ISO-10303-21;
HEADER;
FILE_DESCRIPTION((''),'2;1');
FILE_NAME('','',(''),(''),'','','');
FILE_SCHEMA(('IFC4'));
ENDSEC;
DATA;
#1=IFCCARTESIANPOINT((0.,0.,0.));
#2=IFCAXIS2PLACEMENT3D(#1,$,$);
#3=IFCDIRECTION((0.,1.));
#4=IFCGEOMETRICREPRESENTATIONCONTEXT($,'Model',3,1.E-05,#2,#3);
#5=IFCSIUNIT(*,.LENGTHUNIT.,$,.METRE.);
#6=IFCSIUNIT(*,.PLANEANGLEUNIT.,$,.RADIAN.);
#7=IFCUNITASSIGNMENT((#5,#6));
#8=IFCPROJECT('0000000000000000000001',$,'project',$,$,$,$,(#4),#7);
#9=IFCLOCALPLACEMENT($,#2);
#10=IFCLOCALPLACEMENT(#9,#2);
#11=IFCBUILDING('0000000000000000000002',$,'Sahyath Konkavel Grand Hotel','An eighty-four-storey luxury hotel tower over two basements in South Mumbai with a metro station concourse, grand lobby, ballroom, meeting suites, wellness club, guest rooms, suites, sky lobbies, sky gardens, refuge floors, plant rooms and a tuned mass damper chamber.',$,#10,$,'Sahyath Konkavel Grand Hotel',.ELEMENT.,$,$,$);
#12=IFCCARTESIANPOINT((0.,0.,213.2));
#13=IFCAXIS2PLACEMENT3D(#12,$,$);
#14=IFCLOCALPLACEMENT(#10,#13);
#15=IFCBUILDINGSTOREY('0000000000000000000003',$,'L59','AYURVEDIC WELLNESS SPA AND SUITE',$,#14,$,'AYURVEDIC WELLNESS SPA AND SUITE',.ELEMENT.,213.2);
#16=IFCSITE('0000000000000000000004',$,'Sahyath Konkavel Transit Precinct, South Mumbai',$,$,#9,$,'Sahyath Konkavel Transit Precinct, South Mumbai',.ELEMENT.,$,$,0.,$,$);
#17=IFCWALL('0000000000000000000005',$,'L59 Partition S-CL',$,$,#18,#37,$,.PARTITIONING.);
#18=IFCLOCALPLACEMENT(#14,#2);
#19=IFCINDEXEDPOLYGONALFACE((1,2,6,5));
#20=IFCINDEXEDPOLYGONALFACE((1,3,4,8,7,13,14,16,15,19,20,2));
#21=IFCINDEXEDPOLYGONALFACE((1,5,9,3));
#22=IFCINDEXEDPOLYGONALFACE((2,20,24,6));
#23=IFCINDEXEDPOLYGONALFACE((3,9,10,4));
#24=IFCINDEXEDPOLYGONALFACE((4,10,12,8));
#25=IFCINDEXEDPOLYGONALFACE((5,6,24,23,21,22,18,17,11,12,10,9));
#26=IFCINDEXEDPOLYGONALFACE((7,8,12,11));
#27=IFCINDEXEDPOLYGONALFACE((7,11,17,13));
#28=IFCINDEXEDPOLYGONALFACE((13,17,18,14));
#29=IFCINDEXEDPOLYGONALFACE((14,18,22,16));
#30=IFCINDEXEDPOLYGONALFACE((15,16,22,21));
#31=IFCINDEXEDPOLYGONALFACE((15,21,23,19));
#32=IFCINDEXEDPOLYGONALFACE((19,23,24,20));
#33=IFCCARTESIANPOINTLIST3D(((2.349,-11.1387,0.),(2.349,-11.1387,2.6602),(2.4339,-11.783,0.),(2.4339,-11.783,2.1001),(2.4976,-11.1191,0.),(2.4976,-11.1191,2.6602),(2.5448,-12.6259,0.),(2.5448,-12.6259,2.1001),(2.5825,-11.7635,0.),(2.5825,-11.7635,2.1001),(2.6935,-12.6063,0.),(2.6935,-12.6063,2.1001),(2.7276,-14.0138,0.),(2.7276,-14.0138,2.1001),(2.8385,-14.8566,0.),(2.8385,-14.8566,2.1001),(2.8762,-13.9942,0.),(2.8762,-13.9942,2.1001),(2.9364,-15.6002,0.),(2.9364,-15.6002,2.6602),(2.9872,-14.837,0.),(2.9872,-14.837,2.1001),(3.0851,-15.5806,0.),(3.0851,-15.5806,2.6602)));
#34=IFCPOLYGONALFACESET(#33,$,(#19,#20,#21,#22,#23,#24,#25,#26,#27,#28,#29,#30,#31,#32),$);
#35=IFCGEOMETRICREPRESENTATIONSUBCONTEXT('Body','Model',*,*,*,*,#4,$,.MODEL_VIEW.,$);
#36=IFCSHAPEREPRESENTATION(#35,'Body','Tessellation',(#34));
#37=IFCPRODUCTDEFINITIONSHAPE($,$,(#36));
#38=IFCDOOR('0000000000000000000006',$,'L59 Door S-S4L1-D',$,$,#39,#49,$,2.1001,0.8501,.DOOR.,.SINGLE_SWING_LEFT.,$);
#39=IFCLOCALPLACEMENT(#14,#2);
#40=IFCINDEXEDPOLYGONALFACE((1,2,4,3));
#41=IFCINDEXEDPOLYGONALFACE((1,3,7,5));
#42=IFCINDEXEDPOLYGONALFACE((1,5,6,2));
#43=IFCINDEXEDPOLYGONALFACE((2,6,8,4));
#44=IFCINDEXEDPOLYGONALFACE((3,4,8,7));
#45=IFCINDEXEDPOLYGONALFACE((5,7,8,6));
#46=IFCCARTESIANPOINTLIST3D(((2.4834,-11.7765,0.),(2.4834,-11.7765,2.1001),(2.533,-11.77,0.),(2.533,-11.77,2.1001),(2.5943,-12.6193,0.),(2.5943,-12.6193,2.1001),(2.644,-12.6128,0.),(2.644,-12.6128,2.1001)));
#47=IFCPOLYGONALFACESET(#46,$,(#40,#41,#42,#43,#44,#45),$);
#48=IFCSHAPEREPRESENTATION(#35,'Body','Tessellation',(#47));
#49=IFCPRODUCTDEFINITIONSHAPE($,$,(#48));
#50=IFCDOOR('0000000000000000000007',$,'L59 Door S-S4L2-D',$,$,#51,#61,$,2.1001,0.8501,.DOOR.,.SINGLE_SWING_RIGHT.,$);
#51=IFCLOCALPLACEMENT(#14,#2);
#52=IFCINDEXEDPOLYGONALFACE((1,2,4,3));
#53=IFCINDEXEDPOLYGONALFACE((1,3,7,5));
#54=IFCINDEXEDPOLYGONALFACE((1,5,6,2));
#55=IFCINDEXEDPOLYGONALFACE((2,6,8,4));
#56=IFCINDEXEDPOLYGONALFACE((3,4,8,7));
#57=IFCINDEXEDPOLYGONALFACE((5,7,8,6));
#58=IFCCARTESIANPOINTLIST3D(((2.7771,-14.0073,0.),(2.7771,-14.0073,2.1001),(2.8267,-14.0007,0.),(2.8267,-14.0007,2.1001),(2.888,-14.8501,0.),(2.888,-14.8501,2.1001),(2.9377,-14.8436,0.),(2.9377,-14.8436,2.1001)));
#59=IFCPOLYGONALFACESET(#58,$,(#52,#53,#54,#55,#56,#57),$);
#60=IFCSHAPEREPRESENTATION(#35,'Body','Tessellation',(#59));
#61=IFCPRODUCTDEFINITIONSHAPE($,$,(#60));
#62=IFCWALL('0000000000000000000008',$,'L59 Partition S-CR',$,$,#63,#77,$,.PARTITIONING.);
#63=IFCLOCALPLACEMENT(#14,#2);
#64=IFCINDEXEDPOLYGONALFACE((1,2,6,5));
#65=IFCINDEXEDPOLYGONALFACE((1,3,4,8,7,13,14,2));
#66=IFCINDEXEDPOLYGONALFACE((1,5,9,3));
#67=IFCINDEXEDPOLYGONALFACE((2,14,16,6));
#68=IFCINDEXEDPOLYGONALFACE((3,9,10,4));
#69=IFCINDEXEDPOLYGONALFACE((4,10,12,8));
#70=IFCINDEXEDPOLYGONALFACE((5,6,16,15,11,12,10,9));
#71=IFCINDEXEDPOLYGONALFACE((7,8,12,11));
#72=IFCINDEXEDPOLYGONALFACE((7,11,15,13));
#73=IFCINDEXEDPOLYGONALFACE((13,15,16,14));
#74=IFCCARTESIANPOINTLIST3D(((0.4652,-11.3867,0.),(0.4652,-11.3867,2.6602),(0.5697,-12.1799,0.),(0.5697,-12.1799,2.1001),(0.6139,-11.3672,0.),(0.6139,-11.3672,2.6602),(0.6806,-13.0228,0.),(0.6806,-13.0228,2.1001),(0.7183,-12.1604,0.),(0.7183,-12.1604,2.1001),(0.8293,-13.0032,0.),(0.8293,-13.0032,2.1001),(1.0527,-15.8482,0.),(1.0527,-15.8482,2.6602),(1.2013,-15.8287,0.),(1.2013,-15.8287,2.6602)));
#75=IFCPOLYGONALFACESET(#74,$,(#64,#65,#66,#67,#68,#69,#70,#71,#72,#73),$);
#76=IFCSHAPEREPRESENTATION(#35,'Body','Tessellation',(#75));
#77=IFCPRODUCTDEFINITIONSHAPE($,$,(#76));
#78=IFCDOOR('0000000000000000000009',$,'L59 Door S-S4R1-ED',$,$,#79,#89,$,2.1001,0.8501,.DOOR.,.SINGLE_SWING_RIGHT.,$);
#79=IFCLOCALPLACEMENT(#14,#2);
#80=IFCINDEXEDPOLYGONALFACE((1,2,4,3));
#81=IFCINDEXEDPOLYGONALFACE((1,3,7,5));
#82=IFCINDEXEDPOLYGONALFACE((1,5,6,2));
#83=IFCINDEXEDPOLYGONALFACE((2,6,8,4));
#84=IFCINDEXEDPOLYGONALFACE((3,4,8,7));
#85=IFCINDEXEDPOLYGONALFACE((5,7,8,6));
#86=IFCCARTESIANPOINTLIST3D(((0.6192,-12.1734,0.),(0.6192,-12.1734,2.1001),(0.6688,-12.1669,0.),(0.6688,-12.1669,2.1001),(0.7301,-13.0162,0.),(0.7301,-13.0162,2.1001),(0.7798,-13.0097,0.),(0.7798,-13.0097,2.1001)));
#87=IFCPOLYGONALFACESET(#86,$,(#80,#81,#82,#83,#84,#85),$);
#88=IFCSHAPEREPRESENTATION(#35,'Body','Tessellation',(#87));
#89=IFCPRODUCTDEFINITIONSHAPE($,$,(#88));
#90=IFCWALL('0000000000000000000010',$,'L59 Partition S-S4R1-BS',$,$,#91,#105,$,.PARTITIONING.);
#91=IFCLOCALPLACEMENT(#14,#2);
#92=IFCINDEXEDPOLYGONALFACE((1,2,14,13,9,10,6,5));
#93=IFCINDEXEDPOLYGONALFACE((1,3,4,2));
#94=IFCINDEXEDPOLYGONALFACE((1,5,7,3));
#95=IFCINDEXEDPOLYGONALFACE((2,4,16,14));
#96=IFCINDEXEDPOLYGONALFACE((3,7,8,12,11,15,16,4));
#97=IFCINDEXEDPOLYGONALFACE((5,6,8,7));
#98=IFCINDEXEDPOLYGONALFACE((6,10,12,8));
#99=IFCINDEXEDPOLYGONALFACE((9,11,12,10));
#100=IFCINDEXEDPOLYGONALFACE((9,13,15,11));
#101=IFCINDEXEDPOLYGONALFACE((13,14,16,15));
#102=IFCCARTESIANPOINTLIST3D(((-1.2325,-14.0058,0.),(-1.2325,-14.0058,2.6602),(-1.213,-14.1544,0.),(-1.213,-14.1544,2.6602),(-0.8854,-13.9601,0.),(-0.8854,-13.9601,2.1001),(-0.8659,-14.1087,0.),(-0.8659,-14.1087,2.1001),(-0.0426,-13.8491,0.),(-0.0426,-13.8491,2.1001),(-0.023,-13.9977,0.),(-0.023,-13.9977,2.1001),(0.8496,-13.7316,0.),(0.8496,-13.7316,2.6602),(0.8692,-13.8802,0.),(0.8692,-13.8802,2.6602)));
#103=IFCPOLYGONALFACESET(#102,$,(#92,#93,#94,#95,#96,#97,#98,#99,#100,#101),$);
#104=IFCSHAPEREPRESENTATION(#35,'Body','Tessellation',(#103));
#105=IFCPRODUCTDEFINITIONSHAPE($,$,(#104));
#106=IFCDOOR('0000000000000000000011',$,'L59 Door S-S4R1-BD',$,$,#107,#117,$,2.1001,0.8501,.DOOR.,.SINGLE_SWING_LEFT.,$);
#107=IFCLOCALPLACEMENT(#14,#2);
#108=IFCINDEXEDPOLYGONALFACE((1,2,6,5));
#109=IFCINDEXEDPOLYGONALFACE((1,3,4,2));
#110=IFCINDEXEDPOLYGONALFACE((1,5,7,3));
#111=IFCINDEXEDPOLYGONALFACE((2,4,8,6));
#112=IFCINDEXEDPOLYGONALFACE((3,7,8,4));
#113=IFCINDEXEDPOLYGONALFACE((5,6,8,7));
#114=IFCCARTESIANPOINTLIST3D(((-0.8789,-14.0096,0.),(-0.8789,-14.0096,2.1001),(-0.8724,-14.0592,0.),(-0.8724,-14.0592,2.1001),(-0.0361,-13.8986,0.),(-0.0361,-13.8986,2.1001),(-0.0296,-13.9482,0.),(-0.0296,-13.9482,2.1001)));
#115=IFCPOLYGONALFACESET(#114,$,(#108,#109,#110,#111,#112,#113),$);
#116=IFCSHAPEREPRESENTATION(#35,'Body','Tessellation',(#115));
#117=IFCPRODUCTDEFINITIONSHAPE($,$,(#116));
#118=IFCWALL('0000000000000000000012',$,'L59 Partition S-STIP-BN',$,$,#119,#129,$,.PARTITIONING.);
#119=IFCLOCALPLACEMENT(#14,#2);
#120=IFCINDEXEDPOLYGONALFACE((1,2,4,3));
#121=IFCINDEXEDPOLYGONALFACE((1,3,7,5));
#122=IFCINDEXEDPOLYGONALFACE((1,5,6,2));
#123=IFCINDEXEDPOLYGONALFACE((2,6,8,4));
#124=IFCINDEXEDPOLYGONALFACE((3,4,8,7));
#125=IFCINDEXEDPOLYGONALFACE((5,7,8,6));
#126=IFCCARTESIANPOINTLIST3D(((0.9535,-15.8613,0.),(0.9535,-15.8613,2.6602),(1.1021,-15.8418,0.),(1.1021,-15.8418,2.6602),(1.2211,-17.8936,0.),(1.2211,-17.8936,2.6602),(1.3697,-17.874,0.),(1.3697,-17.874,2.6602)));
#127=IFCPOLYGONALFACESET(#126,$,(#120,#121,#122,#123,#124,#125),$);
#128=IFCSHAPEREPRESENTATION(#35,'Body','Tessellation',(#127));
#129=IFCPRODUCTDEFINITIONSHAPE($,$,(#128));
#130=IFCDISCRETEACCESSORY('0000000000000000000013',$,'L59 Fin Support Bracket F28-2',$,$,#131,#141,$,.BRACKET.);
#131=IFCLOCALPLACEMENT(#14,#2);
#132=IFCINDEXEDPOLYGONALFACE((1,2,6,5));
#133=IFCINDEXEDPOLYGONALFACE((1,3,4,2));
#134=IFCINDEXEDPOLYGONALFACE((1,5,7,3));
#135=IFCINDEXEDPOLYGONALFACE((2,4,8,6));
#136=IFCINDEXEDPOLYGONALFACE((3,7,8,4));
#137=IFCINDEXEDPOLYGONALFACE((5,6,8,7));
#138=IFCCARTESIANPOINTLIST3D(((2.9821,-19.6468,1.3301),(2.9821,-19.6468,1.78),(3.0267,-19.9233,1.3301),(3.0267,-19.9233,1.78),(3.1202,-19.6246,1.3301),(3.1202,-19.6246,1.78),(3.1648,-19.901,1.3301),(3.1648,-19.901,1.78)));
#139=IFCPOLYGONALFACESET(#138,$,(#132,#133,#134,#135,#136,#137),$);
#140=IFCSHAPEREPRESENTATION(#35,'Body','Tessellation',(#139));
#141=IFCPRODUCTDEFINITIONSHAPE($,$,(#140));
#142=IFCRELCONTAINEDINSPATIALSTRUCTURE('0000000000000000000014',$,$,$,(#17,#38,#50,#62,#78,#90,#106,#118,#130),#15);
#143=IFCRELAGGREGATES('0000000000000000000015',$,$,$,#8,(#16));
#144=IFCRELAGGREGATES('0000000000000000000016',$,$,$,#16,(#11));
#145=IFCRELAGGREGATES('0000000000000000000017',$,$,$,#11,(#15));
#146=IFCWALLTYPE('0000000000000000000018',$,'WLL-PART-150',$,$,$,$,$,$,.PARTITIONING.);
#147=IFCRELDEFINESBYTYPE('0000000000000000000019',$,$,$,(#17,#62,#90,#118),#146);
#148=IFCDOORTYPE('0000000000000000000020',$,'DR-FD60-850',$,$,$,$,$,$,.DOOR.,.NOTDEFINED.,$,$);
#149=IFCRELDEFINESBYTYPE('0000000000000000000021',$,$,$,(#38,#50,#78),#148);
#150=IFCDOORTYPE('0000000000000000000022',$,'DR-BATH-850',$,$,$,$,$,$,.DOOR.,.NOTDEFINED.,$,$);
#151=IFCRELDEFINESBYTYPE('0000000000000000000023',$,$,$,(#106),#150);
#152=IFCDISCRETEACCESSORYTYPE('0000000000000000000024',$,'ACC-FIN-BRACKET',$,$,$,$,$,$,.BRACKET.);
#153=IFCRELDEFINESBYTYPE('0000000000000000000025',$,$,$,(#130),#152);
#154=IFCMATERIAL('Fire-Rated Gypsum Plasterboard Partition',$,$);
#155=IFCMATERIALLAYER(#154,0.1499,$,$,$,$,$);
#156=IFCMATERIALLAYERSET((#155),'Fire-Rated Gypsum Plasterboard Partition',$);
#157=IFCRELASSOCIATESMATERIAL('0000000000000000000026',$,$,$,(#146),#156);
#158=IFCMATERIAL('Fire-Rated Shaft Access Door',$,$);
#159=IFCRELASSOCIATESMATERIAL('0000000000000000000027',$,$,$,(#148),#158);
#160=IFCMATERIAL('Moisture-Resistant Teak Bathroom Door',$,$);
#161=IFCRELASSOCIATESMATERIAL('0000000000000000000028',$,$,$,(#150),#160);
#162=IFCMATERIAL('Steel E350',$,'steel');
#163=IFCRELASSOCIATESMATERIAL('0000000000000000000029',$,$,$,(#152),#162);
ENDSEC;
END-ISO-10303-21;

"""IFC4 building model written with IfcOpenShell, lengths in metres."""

from ifc_helpers import new_model, si_unit, direction, frame, frame_2d, origin, origin_2d, place, context, subcontext, project, spatial, rectangle, extrude, source, transform, mapped, material, layer, layer_set, type_object, element, fill, save


model = new_model("IFC4")

# Units and contexts
model_context = context("Model", 3, precision=1e-05, world=origin(), true_north=direction((0.0, 1.0)))
body_context = subcontext(model_context, "Body", "Model", "MODEL_VIEW")
ifc_project = project(units=[si_unit("LENGTHUNIT", "METRE"), si_unit("PLANEANGLEUNIT", "RADIAN")], contexts=[model_context])

# Site, building, storey
site_placement = place(None, origin())
site = spatial("IfcSite", under=ifc_project, at=site_placement, Name="Sahyath Konkavel Transit Precinct, South Mumbai", LongName="Sahyath Konkavel Transit Precinct, South Mumbai", CompositionType="ELEMENT", RefElevation=0.0)
building_placement = place(site_placement, origin())
building = spatial("IfcBuilding", under=site, at=building_placement, Name="Sahyath Konkavel Grand Hotel", Description="An eighty-four-storey luxury hotel tower over two basements in South Mumbai with a metro station concourse, grand lobby, ballroom, meeting suites, wellness club, guest rooms, suites, sky lobbies, sky gardens, refuge floors, plant rooms and a tuned mass damper chamber.", LongName="Sahyath Konkavel Grand Hotel", CompositionType="ELEMENT")
storey_placement = place(building_placement, frame((0.0, 0.0, 213.2)))
storey = spatial("IfcBuildingStorey", under=building, at=storey_placement, Name="L59", Description="AYURVEDIC WELLNESS SPA AND SUITE", LongName="AYURVEDIC WELLNESS SPA AND SUITE", CompositionType="ELEMENT", Elevation=213.2)

# Shared definitions
ifc_material_1 = material(Name="Steel E350", Category="steel")

# Wall, openings, doors
ifc_material_2 = material(Name="Fire-Rated Gypsum Plasterboard Partition")
ifc_layer_1 = layer(ifc_material_2, 0.1499)
ifc_layer_set_1 = layer_set([ifc_layer_1], Name="Fire-Rated Gypsum Plasterboard Partition")
wall_type_1 = type_object("IfcWallType", Name="WLL-PART-150", PredefinedType="PARTITIONING", material=ifc_layer_set_1)
wall_1_placement = place(storey_placement, frame((2.4233, -11.1289, 0.0), z_axis=(0.0, 0.0, 1.0), x_axis=(0.130536, -0.991444, 0.0)))
wall_1 = element("IfcWall", 1, at=wall_1_placement, inside=storey, type_object=wall_type_1, Name="L59 Partition S-CL", PredefinedType="PARTITIONING", context=body_context, shape_type="SweptSolid", body=[
    extrude(rectangle(XDim=4.5, YDim=0.1499, at=frame_2d((2.25, 0.0))), origin(), (0.0, 0.0, 1.0), 2.6602),
])
opening_1_placement = place(wall_1_placement, frame((0.6499, 0.0, 0.0)))
opening_1 = element("IfcOpeningElement", 2, at=opening_1_placement, cuts=wall_1, PredefinedType="OPENING", context=body_context, shape_type="SweptSolid", body=[
    extrude(rectangle(XDim=0.8501, YDim=2.1001, at=frame_2d((0.425, 1.05))), frame((0.0, 0.085, 0.0), z_axis=(0.0, -1.0, 0.0), x_axis=(1.0, 0.0, 0.0)), (0.0, 0.0, 1.0), 0.1699),
])
opening_2_placement = place(wall_1_placement, frame((2.8999, 0.0, 0.0)))
opening_2 = element("IfcOpeningElement", 3, at=opening_2_placement, cuts=wall_1, PredefinedType="OPENING", context=body_context, shape_type="SweptSolid", body=[
    extrude(rectangle(XDim=0.8501, YDim=2.1001, at=frame_2d((0.425, 1.05))), frame((0.0, 0.085, 0.0), z_axis=(0.0, -1.0, 0.0), x_axis=(1.0, 0.0, 0.0)), (0.0, 0.0, 1.0), 0.1699),
])
ifc_material_3 = material(Name="Fire-Rated Shaft Access Door")
door_type_1 = type_object("IfcDoorType", Name="DR-FD60-850", OperationType="NOTDEFINED", PredefinedType="DOOR", material=ifc_material_3)
shared_shape_1 = source(origin(), body_context, "Body", "SweptSolid", [
    extrude(rectangle(XDim=0.8501, YDim=0.05, at=origin_2d()), origin(), (0.0, 0.0, 1.0), 2.1001),
])
door_1_placement = place(opening_1_placement, frame((0.425, 0.0, 0.0)))
door_1 = element("IfcDoor", 4, at=door_1_placement, inside=storey, type_object=door_type_1, Name="L59 Door S-S4L1-D", OperationType="SINGLE_SWING_LEFT", OverallHeight=2.1001, OverallWidth=0.8501, PredefinedType="DOOR", context=body_context, shape_type="MappedRepresentation", body=[
    mapped(shared_shape_1, transform((0.0, 0.0, 0.0), scale=1.0)),
])
fill(opening_1, door_1)
door_2_placement = place(opening_2_placement, frame((0.425, 0.0, 0.0)))
door_2 = element("IfcDoor", 5, at=door_2_placement, inside=storey, type_object=door_type_1, Name="L59 Door S-S4L2-D", OperationType="SINGLE_SWING_RIGHT", OverallHeight=2.1001, OverallWidth=0.8501, PredefinedType="DOOR", context=body_context, shape_type="MappedRepresentation", body=[
    mapped(shared_shape_1, transform((0.0, 0.0, 0.0), scale=1.0)),
])
fill(opening_2, door_2)

# Walls, openings, doors
wall_2_placement = place(storey_placement, frame((0.5396, -11.377, 0.0), z_axis=(0.0, 0.0, 1.0), x_axis=(0.130536, -0.991444, 0.0)))
wall_2 = element("IfcWall", 6, at=wall_2_placement, inside=storey, type_object=wall_type_1, Name="L59 Partition S-CR", PredefinedType="PARTITIONING", context=body_context, shape_type="SweptSolid", body=[
    extrude(rectangle(XDim=4.5, YDim=0.1499, at=frame_2d((2.25, 0.0))), origin(), (0.0, 0.0, 1.0), 2.6602),
])
opening_3_placement = place(wall_2_placement, frame((0.8, 0.0, 0.0)))
opening_3 = element("IfcOpeningElement", 7, at=opening_3_placement, cuts=wall_2, PredefinedType="OPENING", context=body_context, shape_type="SweptSolid", body=[
    extrude(rectangle(XDim=0.8501, YDim=2.1001, at=frame_2d((0.425, 1.05))), frame((0.0, 0.085, 0.0), z_axis=(0.0, -1.0, 0.0), x_axis=(1.0, 0.0, 0.0)), (0.0, 0.0, 1.0), 0.1699),
])
door_3_placement = place(opening_3_placement, frame((0.425, 0.0, 0.0)))
door_3 = element("IfcDoor", 8, at=door_3_placement, inside=storey, type_object=door_type_1, Name="L59 Door S-S4R1-ED", OperationType="SINGLE_SWING_RIGHT", OverallHeight=2.1001, OverallWidth=0.8501, PredefinedType="DOOR", context=body_context, shape_type="MappedRepresentation", body=[
    mapped(shared_shape_1, transform((0.0, 0.0, 0.0), scale=1.0)),
])
fill(opening_3, door_3)
wall_3_placement = place(storey_placement, frame((0.8594, -13.8059, 0.0), z_axis=(0.0, 0.0, 1.0), x_axis=(-0.991441, -0.130557, 0.0)))
wall_3 = element("IfcWall", 9, at=wall_3_placement, inside=storey, type_object=wall_type_1, Name="L59 Partition S-S4R1-BS", PredefinedType="PARTITIONING", context=body_context, shape_type="SweptSolid", body=[
    extrude(rectangle(XDim=2.1001, YDim=0.1499, at=frame_2d((1.05, 0.0))), origin(), (0.0, 0.0, 1.0), 2.6602),
])
opening_4_placement = place(wall_3_placement, frame((0.8999, 0.0, 0.0)))
opening_4 = element("IfcOpeningElement", 10, at=opening_4_placement, cuts=wall_3, PredefinedType="OPENING", context=body_context, shape_type="SweptSolid", body=[
    extrude(rectangle(XDim=0.8501, YDim=2.1001, at=frame_2d((0.425, 1.05))), frame((0.0, 0.085, 0.0), z_axis=(0.0, -1.0, 0.0), x_axis=(1.0, 0.0, 0.0)), (0.0, 0.0, 1.0), 0.1699),
])
ifc_material_4 = material(Name="Moisture-Resistant Teak Bathroom Door")
door_type_2 = type_object("IfcDoorType", Name="DR-BATH-850", OperationType="NOTDEFINED", PredefinedType="DOOR", material=ifc_material_4)
door_4_placement = place(opening_4_placement, frame((0.425, 0.0, 0.0)))
door_4 = element("IfcDoor", 11, at=door_4_placement, inside=storey, type_object=door_type_2, Name="L59 Door S-S4R1-BD", OperationType="SINGLE_SWING_LEFT", OverallHeight=2.1001, OverallWidth=0.8501, PredefinedType="DOOR", context=body_context, shape_type="MappedRepresentation", body=[
    mapped(shared_shape_1, transform((0.0, 0.0, 0.0), scale=1.0)),
])
fill(opening_4, door_4)

# Wall
wall_4_placement = place(storey_placement, frame((1.0278, -15.8516, 0.0), z_axis=(0.0, 0.0, 1.0), x_axis=(0.130541, -0.991443, 0.0)))
element("IfcWall", 12, at=wall_4_placement, inside=storey, type_object=wall_type_1, Name="L59 Partition S-STIP-BN", PredefinedType="PARTITIONING", context=body_context, shape_type="SweptSolid", body=[
    extrude(rectangle(XDim=2.0498, YDim=0.1499, at=frame_2d((1.0249, 0.0))), origin(), (0.0, 0.0, 1.0), 2.6602),
])

# Discrete accessory
discrete_accessory_type = type_object("IfcDiscreteAccessoryType", Name="ACC-FIN-BRACKET", PredefinedType="BRACKET", material=ifc_material_1)
shared_shape_2 = source(origin(), body_context, "Body", "SweptSolid", [
    extrude(rectangle(XDim=0.28, YDim=0.1399, at=origin_2d()), origin(), (0.0, 0.0, 1.0), 0.45),
])
discrete_accessory_placement = place(storey_placement, frame((3.0735, -19.7739, 1.3301), z_axis=(0.0, 0.0, 1.0), x_axis=(0.159295, -0.987231, 0.0)))
element("IfcDiscreteAccessory", 13, at=discrete_accessory_placement, inside=storey, type_object=discrete_accessory_type, Name="L59 Fin Support Bracket F28-2", PredefinedType="BRACKET", context=body_context, shape_type="MappedRepresentation", body=[
    mapped(shared_shape_2, transform((0.0, 0.0, 0.0), scale=1.0)),
])

save(model, "model.ifc")
